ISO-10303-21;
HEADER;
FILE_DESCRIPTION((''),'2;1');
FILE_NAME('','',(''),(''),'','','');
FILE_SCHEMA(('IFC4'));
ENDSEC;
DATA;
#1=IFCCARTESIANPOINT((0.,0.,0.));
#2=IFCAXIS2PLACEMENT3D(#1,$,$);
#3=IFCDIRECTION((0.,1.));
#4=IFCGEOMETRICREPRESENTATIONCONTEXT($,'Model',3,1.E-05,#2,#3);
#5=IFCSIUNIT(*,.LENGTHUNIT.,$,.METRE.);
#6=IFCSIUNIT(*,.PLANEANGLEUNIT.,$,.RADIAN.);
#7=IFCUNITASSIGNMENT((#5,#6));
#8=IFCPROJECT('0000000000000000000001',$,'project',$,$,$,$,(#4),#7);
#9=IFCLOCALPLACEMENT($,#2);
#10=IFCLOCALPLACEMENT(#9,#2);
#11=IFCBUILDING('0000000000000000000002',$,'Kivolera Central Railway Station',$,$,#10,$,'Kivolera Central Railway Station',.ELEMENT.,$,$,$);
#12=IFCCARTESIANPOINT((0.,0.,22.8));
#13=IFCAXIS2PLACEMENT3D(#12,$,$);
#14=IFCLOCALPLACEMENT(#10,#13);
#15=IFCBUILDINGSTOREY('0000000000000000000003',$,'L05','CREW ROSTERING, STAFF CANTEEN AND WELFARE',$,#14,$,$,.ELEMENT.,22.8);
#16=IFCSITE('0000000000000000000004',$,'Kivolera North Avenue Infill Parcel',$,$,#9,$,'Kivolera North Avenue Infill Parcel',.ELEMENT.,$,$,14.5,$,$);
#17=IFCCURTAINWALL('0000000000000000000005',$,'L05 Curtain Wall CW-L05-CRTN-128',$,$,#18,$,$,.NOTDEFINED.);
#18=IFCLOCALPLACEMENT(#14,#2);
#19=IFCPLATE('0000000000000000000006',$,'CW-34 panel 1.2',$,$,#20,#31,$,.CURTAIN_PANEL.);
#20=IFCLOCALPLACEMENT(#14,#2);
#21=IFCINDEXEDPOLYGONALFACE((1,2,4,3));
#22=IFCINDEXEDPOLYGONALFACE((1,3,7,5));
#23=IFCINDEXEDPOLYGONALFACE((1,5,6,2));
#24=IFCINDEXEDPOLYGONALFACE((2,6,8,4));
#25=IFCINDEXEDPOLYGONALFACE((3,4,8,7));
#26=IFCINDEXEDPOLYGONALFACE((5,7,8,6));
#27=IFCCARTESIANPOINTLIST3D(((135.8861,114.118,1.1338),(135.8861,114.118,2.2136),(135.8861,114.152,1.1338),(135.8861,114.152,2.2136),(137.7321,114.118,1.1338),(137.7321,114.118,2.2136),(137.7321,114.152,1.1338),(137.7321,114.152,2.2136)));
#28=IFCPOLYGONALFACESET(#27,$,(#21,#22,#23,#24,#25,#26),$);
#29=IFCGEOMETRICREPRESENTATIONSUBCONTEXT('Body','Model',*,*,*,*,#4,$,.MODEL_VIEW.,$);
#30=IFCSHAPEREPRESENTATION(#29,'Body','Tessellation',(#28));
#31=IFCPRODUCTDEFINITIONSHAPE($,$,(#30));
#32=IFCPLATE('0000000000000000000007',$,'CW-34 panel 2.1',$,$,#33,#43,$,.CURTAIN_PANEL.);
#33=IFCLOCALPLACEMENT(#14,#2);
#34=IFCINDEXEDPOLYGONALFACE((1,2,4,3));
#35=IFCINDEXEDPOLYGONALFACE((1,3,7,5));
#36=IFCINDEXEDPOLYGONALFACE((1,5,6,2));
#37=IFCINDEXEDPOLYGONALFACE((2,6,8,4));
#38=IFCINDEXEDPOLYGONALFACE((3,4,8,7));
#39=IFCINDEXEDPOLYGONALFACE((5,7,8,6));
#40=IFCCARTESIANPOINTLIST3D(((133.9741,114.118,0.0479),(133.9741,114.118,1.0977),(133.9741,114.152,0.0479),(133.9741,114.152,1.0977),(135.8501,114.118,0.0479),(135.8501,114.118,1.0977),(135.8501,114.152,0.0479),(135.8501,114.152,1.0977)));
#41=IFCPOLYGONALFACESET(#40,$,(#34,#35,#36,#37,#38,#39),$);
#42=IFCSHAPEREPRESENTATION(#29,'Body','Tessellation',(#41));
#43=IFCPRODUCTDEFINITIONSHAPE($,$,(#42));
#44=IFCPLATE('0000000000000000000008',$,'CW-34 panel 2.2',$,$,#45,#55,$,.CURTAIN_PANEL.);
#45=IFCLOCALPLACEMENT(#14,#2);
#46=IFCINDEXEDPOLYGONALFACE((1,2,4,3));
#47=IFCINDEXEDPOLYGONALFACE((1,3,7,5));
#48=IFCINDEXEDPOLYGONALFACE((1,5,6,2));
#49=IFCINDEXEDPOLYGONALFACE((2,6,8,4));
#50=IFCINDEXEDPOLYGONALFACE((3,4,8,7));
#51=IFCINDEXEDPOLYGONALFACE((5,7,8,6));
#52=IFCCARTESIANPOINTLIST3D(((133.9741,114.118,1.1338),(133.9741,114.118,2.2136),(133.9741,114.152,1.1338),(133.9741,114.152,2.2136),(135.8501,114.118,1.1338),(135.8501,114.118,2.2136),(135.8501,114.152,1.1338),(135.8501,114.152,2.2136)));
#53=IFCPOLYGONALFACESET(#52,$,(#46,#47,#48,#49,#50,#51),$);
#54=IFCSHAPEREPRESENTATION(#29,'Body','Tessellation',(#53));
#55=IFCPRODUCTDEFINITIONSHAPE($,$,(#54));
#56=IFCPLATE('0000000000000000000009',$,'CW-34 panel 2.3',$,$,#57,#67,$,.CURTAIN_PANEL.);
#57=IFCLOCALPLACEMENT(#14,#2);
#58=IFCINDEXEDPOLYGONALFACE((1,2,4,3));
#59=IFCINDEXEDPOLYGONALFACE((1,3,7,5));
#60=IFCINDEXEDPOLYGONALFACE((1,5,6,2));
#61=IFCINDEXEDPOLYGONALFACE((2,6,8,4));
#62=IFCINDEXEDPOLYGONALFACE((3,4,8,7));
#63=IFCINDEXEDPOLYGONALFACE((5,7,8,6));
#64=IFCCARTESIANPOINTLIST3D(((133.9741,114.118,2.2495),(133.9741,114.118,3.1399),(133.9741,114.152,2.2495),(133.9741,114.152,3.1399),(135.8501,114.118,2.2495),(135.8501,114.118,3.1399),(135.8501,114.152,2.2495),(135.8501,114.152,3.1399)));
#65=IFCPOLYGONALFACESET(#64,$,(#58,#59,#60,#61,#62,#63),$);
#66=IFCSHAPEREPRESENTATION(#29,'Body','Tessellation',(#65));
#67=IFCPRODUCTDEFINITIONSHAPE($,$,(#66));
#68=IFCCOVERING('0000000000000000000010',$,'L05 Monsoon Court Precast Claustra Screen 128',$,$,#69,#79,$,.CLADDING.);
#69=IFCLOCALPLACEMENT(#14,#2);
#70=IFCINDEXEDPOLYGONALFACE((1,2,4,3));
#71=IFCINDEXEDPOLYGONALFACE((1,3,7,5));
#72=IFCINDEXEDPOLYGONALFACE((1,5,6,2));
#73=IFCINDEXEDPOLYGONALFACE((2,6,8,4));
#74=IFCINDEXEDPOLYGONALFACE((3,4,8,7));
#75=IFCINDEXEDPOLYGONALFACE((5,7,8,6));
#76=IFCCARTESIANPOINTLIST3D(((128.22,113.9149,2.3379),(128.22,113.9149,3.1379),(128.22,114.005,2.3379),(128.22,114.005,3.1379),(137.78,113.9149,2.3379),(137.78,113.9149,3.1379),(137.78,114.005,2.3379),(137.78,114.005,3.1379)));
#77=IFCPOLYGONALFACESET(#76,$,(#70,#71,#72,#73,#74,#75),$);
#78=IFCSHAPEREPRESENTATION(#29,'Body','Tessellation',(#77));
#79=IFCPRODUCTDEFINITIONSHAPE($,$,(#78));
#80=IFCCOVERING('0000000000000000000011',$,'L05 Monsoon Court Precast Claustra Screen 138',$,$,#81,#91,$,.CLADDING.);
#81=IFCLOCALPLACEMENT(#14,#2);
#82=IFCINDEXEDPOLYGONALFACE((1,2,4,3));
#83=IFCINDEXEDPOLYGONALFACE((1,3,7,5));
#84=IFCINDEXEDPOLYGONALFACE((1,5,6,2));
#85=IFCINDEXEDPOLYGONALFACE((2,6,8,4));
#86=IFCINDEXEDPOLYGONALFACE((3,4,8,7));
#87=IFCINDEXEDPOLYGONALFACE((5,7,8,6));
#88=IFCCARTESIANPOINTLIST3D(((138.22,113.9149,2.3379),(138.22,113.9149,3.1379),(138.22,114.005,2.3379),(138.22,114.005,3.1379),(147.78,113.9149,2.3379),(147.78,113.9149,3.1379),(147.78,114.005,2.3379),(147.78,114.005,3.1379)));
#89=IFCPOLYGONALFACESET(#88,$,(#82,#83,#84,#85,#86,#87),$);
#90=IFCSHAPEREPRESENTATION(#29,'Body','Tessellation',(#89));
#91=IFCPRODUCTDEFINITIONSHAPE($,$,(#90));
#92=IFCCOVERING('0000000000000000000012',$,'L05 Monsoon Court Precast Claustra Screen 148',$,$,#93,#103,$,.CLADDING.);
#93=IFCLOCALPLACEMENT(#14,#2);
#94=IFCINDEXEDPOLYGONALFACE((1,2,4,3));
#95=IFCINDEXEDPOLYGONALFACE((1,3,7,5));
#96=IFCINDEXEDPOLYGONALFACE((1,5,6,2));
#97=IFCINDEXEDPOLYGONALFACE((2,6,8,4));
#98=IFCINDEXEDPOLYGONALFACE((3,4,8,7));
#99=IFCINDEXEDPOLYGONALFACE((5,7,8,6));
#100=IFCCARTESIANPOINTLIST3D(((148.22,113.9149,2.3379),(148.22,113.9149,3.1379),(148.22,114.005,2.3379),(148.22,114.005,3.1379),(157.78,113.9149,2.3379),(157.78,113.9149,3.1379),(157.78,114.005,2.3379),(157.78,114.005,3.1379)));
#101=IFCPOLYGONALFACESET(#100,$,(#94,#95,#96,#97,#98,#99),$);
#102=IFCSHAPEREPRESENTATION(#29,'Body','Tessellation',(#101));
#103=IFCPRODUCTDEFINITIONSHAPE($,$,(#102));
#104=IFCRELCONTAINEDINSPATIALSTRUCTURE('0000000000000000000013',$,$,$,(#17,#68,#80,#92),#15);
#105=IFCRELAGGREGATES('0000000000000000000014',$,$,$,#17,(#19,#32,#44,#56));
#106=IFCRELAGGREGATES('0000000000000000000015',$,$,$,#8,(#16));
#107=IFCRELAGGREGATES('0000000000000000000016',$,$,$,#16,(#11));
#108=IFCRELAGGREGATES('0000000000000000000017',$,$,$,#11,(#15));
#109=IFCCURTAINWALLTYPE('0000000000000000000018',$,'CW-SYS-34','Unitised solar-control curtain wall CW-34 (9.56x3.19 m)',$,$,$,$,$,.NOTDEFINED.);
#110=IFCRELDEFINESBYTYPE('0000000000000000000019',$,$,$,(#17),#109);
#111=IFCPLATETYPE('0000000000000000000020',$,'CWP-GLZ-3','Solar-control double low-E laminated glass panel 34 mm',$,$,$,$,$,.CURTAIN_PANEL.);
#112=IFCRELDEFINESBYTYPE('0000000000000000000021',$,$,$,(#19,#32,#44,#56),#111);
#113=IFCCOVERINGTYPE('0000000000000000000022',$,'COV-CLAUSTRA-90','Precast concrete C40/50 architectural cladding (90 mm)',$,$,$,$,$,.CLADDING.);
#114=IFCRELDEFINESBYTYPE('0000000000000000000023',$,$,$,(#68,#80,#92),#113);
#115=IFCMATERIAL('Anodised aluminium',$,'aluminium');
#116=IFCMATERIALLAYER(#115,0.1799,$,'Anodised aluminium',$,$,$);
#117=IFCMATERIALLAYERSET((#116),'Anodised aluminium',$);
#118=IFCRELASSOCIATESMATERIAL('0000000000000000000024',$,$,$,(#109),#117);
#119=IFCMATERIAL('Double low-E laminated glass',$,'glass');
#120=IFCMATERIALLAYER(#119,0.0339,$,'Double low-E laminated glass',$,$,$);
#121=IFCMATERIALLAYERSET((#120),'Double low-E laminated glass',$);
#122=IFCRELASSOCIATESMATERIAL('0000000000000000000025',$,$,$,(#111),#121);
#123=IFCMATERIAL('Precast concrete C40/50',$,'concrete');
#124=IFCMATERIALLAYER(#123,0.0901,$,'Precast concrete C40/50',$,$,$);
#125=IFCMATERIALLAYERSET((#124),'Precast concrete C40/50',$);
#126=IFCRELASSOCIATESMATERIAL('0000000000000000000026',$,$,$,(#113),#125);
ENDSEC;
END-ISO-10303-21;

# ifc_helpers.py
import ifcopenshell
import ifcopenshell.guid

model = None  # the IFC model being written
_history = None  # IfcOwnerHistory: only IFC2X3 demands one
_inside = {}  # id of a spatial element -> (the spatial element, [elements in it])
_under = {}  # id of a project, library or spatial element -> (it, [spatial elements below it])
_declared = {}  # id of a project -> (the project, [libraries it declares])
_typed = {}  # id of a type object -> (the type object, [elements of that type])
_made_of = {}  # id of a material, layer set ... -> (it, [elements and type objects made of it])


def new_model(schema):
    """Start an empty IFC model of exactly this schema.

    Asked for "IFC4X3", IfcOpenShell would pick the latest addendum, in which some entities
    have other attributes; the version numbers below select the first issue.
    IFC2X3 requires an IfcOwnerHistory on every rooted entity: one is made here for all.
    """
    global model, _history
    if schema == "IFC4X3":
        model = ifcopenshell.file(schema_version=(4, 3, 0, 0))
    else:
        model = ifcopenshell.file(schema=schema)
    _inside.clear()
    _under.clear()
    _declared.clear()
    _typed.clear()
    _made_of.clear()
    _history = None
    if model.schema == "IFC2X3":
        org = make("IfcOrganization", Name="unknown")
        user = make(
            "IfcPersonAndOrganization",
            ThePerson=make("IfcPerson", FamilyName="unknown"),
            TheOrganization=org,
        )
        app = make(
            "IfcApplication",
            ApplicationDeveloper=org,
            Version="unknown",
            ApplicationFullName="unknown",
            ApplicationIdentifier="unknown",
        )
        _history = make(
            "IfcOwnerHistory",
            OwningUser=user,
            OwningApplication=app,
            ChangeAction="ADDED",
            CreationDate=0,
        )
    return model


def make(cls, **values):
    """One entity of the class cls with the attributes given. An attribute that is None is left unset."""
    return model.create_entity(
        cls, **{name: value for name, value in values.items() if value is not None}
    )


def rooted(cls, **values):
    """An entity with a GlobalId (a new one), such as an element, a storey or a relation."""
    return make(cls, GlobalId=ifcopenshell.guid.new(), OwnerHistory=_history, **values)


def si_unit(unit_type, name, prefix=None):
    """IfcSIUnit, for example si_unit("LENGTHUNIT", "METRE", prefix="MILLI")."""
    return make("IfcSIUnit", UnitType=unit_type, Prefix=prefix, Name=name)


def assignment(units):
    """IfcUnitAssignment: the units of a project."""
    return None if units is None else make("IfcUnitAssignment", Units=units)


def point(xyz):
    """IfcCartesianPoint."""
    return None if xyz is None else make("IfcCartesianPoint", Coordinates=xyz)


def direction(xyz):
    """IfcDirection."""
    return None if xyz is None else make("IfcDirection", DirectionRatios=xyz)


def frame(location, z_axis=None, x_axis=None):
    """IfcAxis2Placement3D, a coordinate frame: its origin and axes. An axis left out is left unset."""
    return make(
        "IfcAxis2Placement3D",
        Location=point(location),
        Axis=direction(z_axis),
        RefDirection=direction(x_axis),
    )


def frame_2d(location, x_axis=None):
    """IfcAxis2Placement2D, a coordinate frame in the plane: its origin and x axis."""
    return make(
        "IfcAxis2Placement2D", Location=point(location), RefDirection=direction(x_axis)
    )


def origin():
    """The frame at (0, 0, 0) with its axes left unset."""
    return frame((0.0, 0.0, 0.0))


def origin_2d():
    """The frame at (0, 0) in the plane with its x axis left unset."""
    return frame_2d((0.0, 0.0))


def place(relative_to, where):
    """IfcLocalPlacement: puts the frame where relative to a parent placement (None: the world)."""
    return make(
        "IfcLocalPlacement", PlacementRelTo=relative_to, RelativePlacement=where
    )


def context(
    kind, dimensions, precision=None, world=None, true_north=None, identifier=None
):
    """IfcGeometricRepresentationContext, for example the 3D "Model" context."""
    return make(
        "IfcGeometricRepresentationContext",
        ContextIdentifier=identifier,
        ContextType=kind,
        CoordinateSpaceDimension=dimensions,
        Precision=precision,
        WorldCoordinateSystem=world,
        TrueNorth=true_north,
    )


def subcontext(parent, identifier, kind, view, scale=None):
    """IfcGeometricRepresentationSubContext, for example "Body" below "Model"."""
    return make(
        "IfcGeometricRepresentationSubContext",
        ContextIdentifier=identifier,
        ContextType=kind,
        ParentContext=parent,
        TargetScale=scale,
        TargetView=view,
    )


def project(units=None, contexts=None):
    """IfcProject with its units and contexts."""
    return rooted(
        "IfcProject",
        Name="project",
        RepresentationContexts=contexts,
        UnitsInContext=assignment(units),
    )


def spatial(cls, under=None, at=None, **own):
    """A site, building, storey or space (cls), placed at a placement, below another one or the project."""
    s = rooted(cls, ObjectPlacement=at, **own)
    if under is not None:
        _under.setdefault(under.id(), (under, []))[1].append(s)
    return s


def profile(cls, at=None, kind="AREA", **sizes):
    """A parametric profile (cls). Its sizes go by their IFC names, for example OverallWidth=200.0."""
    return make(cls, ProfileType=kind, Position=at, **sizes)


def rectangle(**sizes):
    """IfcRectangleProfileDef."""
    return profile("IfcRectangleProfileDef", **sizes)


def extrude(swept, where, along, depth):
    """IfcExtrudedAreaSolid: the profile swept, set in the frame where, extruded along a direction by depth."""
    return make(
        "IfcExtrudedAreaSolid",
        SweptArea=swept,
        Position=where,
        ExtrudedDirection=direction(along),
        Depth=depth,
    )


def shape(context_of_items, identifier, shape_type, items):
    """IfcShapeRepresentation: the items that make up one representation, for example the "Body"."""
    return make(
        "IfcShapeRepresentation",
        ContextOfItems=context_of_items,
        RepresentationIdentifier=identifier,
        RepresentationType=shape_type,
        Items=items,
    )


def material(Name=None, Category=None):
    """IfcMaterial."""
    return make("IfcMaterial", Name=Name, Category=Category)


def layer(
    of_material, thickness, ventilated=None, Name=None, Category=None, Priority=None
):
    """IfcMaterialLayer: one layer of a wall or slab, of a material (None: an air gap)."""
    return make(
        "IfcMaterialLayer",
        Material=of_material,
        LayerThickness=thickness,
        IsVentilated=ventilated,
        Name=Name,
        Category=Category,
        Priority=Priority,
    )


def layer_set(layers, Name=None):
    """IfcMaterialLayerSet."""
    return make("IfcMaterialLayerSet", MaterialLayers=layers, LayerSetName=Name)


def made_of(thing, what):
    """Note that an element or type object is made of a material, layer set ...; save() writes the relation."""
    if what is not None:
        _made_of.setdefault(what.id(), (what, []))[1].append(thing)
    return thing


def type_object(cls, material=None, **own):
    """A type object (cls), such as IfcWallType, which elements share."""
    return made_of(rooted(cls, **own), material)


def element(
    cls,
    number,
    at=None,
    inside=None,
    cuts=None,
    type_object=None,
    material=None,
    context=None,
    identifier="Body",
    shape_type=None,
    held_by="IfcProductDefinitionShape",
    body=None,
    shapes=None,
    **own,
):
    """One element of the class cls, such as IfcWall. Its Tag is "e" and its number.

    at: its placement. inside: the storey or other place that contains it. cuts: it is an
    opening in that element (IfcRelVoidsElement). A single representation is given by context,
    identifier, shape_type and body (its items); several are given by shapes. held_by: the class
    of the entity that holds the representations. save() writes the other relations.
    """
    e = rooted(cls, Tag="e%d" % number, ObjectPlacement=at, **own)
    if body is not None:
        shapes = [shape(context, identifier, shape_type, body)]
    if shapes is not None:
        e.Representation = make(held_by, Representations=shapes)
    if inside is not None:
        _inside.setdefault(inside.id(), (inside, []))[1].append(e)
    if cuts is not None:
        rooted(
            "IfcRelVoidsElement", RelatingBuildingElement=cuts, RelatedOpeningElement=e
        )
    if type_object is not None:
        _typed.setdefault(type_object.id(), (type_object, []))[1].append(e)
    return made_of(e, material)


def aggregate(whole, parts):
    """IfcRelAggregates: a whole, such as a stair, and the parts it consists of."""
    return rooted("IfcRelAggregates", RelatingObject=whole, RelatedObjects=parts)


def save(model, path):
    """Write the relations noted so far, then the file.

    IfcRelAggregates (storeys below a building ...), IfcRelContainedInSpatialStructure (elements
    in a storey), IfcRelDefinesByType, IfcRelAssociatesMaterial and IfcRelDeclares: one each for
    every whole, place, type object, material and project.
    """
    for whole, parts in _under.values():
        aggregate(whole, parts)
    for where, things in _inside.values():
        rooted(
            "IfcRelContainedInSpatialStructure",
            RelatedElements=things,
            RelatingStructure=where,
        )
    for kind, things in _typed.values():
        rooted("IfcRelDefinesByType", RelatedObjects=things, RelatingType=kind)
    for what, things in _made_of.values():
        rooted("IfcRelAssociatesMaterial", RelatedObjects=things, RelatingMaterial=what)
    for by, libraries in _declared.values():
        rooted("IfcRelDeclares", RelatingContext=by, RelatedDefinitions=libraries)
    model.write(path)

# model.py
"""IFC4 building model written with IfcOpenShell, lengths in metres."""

from ifc_helpers import new_model, si_unit, direction, frame, frame_2d, origin, origin_2d, place, context, subcontext, project, spatial, rectangle, extrude, material, layer, layer_set, type_object, element, aggregate, save


model = new_model("IFC4")

# Units and contexts
model_context = context("Model", 3, precision=1e-05, world=origin(), true_north=direction((0.0, 1.0)))
body_context = subcontext(model_context, "Body", "Model", "MODEL_VIEW")
ifc_project = project(units=[si_unit("LENGTHUNIT", "METRE"), si_unit("PLANEANGLEUNIT", "RADIAN")], contexts=[model_context])

# Site, building, storey
site_placement = place(None, origin())
site = spatial("IfcSite", under=ifc_project, at=site_placement, Name="Kivolera North Avenue Infill Parcel", LongName="Kivolera North Avenue Infill Parcel", CompositionType="ELEMENT", RefElevation=14.5)
building_placement = place(site_placement, origin())
building = spatial("IfcBuilding", under=site, at=building_placement, Name="Kivolera Central Railway Station", LongName="Kivolera Central Railway Station", CompositionType="ELEMENT")
storey_placement = place(building_placement, frame((0.0, 0.0, 22.8)))
storey = spatial("IfcBuildingStorey", under=building, at=storey_placement, Name="L05", Description="CREW ROSTERING, STAFF CANTEEN AND WELFARE", CompositionType="ELEMENT", Elevation=22.8)

# Curtain wall, plates
ifc_material_1 = material(Name="Anodised aluminium", Category="aluminium")
ifc_layer_1 = layer(ifc_material_1, 0.1799, Name="Anodised aluminium")
ifc_layer_set_1 = layer_set([ifc_layer_1], Name="Anodised aluminium")
curtain_wall_type = type_object("IfcCurtainWallType", Name="CW-SYS-34", Description="Unitised solar-control curtain wall CW-34 (9.56x3.19 m)", PredefinedType="NOTDEFINED", material=ifc_layer_set_1)
curtain_wall_placement = place(storey_placement, origin())
curtain_wall = element("IfcCurtainWall", 1, at=curtain_wall_placement, inside=storey, type_object=curtain_wall_type, Name="L05 Curtain Wall CW-L05-CRTN-128", PredefinedType="NOTDEFINED")
ifc_material_2 = material(Name="Double low-E laminated glass", Category="glass")
ifc_layer_2 = layer(ifc_material_2, 0.0339, Name="Double low-E laminated glass")
ifc_layer_set_2 = layer_set([ifc_layer_2], Name="Double low-E laminated glass")
plate_type = type_object("IfcPlateType", Name="CWP-GLZ-3", Description="Solar-control double low-E laminated glass panel 34 mm", PredefinedType="CURTAIN_PANEL", material=ifc_layer_set_2)
plate_1_placement = place(storey_placement, frame((136.8091, 114.135, 1.1338), z_axis=(0.0, 0.0, 1.0), x_axis=(-1.0, 0.0, 0.0)))
plate_1 = element("IfcPlate", 2, at=plate_1_placement, type_object=plate_type, Name="CW-34 panel 1.2", PredefinedType="CURTAIN_PANEL", context=body_context, shape_type="SweptSolid", body=[
    extrude(rectangle(XDim=1.8459, YDim=0.0339, at=origin_2d()), origin(), (0.0, 0.0, 1.0), 1.0798),
])
plate_2_placement = place(storey_placement, frame((134.9121, 114.135, 0.0479), z_axis=(0.0, 0.0, 1.0), x_axis=(-1.0, 0.0, 0.0)))
plate_2 = element("IfcPlate", 3, at=plate_2_placement, type_object=plate_type, Name="CW-34 panel 2.1", PredefinedType="CURTAIN_PANEL", context=body_context, shape_type="SweptSolid", body=[
    extrude(rectangle(XDim=1.876, YDim=0.0339, at=origin_2d()), origin(), (0.0, 0.0, 1.0), 1.0498),
])
plate_3_placement = place(storey_placement, frame((134.9121, 114.135, 1.1338), z_axis=(0.0, 0.0, 1.0), x_axis=(-1.0, 0.0, 0.0)))
plate_3 = element("IfcPlate", 4, at=plate_3_placement, type_object=plate_type, Name="CW-34 panel 2.2", PredefinedType="CURTAIN_PANEL", context=body_context, shape_type="SweptSolid", body=[
    extrude(rectangle(XDim=1.876, YDim=0.0339, at=origin_2d()), origin(), (0.0, 0.0, 1.0), 1.0798),
])
plate_4_placement = place(storey_placement, frame((134.9121, 114.135, 2.2495), z_axis=(0.0, 0.0, 1.0), x_axis=(-1.0, 0.0, 0.0)))
plate_4 = element("IfcPlate", 5, at=plate_4_placement, type_object=plate_type, Name="CW-34 panel 2.3", PredefinedType="CURTAIN_PANEL", context=body_context, shape_type="SweptSolid", body=[
    extrude(rectangle(XDim=1.876, YDim=0.0339, at=origin_2d()), origin(), (0.0, 0.0, 1.0), 0.8904),
])
aggregate(curtain_wall, [plate_1, plate_2, plate_3, plate_4])

# Coverings
ifc_material_3 = material(Name="Precast concrete C40/50", Category="concrete")
ifc_layer_3 = layer(ifc_material_3, 0.0901, Name="Precast concrete C40/50")
ifc_layer_set_3 = layer_set([ifc_layer_3], Name="Precast concrete C40/50")
covering_type = type_object("IfcCoveringType", Name="COV-CLAUSTRA-90", Description="Precast concrete C40/50 architectural cladding (90 mm)", PredefinedType="CLADDING", material=ifc_layer_set_3)
for number, where, z_axis, x_axis, name in (
    (6, (137.78, 113.96, 2.3379), (0.0, 0.0, 1.0), (-1.0, 0.0, 0.0), "L05 Monsoon Court Precast Claustra Screen 128"),
    (7, (147.78, 113.96, 2.3379), (0.0, 0.0, 1.0), (-1.0, 0.0, 0.0), "L05 Monsoon Court Precast Claustra Screen 138"),
    (8, (157.78, 113.96, 2.3379), (0.0, 0.0, 1.0), (-1.0, 0.0, 0.0), "L05 Monsoon Court Precast Claustra Screen 148"),
):
    element("IfcCovering", number, at=place(storey_placement, frame(where, z_axis=z_axis, x_axis=x_axis)), inside=storey, type_object=covering_type, Name=name, PredefinedType="CLADDING", context=body_context, shape_type="SweptSolid", body=[
        extrude(rectangle(XDim=9.5601, YDim=0.0901, at=frame_2d((4.78, 0.0))), origin(), (0.0, 0.0, 1.0), 0.8),
    ])

save(model, "model.ifc")
